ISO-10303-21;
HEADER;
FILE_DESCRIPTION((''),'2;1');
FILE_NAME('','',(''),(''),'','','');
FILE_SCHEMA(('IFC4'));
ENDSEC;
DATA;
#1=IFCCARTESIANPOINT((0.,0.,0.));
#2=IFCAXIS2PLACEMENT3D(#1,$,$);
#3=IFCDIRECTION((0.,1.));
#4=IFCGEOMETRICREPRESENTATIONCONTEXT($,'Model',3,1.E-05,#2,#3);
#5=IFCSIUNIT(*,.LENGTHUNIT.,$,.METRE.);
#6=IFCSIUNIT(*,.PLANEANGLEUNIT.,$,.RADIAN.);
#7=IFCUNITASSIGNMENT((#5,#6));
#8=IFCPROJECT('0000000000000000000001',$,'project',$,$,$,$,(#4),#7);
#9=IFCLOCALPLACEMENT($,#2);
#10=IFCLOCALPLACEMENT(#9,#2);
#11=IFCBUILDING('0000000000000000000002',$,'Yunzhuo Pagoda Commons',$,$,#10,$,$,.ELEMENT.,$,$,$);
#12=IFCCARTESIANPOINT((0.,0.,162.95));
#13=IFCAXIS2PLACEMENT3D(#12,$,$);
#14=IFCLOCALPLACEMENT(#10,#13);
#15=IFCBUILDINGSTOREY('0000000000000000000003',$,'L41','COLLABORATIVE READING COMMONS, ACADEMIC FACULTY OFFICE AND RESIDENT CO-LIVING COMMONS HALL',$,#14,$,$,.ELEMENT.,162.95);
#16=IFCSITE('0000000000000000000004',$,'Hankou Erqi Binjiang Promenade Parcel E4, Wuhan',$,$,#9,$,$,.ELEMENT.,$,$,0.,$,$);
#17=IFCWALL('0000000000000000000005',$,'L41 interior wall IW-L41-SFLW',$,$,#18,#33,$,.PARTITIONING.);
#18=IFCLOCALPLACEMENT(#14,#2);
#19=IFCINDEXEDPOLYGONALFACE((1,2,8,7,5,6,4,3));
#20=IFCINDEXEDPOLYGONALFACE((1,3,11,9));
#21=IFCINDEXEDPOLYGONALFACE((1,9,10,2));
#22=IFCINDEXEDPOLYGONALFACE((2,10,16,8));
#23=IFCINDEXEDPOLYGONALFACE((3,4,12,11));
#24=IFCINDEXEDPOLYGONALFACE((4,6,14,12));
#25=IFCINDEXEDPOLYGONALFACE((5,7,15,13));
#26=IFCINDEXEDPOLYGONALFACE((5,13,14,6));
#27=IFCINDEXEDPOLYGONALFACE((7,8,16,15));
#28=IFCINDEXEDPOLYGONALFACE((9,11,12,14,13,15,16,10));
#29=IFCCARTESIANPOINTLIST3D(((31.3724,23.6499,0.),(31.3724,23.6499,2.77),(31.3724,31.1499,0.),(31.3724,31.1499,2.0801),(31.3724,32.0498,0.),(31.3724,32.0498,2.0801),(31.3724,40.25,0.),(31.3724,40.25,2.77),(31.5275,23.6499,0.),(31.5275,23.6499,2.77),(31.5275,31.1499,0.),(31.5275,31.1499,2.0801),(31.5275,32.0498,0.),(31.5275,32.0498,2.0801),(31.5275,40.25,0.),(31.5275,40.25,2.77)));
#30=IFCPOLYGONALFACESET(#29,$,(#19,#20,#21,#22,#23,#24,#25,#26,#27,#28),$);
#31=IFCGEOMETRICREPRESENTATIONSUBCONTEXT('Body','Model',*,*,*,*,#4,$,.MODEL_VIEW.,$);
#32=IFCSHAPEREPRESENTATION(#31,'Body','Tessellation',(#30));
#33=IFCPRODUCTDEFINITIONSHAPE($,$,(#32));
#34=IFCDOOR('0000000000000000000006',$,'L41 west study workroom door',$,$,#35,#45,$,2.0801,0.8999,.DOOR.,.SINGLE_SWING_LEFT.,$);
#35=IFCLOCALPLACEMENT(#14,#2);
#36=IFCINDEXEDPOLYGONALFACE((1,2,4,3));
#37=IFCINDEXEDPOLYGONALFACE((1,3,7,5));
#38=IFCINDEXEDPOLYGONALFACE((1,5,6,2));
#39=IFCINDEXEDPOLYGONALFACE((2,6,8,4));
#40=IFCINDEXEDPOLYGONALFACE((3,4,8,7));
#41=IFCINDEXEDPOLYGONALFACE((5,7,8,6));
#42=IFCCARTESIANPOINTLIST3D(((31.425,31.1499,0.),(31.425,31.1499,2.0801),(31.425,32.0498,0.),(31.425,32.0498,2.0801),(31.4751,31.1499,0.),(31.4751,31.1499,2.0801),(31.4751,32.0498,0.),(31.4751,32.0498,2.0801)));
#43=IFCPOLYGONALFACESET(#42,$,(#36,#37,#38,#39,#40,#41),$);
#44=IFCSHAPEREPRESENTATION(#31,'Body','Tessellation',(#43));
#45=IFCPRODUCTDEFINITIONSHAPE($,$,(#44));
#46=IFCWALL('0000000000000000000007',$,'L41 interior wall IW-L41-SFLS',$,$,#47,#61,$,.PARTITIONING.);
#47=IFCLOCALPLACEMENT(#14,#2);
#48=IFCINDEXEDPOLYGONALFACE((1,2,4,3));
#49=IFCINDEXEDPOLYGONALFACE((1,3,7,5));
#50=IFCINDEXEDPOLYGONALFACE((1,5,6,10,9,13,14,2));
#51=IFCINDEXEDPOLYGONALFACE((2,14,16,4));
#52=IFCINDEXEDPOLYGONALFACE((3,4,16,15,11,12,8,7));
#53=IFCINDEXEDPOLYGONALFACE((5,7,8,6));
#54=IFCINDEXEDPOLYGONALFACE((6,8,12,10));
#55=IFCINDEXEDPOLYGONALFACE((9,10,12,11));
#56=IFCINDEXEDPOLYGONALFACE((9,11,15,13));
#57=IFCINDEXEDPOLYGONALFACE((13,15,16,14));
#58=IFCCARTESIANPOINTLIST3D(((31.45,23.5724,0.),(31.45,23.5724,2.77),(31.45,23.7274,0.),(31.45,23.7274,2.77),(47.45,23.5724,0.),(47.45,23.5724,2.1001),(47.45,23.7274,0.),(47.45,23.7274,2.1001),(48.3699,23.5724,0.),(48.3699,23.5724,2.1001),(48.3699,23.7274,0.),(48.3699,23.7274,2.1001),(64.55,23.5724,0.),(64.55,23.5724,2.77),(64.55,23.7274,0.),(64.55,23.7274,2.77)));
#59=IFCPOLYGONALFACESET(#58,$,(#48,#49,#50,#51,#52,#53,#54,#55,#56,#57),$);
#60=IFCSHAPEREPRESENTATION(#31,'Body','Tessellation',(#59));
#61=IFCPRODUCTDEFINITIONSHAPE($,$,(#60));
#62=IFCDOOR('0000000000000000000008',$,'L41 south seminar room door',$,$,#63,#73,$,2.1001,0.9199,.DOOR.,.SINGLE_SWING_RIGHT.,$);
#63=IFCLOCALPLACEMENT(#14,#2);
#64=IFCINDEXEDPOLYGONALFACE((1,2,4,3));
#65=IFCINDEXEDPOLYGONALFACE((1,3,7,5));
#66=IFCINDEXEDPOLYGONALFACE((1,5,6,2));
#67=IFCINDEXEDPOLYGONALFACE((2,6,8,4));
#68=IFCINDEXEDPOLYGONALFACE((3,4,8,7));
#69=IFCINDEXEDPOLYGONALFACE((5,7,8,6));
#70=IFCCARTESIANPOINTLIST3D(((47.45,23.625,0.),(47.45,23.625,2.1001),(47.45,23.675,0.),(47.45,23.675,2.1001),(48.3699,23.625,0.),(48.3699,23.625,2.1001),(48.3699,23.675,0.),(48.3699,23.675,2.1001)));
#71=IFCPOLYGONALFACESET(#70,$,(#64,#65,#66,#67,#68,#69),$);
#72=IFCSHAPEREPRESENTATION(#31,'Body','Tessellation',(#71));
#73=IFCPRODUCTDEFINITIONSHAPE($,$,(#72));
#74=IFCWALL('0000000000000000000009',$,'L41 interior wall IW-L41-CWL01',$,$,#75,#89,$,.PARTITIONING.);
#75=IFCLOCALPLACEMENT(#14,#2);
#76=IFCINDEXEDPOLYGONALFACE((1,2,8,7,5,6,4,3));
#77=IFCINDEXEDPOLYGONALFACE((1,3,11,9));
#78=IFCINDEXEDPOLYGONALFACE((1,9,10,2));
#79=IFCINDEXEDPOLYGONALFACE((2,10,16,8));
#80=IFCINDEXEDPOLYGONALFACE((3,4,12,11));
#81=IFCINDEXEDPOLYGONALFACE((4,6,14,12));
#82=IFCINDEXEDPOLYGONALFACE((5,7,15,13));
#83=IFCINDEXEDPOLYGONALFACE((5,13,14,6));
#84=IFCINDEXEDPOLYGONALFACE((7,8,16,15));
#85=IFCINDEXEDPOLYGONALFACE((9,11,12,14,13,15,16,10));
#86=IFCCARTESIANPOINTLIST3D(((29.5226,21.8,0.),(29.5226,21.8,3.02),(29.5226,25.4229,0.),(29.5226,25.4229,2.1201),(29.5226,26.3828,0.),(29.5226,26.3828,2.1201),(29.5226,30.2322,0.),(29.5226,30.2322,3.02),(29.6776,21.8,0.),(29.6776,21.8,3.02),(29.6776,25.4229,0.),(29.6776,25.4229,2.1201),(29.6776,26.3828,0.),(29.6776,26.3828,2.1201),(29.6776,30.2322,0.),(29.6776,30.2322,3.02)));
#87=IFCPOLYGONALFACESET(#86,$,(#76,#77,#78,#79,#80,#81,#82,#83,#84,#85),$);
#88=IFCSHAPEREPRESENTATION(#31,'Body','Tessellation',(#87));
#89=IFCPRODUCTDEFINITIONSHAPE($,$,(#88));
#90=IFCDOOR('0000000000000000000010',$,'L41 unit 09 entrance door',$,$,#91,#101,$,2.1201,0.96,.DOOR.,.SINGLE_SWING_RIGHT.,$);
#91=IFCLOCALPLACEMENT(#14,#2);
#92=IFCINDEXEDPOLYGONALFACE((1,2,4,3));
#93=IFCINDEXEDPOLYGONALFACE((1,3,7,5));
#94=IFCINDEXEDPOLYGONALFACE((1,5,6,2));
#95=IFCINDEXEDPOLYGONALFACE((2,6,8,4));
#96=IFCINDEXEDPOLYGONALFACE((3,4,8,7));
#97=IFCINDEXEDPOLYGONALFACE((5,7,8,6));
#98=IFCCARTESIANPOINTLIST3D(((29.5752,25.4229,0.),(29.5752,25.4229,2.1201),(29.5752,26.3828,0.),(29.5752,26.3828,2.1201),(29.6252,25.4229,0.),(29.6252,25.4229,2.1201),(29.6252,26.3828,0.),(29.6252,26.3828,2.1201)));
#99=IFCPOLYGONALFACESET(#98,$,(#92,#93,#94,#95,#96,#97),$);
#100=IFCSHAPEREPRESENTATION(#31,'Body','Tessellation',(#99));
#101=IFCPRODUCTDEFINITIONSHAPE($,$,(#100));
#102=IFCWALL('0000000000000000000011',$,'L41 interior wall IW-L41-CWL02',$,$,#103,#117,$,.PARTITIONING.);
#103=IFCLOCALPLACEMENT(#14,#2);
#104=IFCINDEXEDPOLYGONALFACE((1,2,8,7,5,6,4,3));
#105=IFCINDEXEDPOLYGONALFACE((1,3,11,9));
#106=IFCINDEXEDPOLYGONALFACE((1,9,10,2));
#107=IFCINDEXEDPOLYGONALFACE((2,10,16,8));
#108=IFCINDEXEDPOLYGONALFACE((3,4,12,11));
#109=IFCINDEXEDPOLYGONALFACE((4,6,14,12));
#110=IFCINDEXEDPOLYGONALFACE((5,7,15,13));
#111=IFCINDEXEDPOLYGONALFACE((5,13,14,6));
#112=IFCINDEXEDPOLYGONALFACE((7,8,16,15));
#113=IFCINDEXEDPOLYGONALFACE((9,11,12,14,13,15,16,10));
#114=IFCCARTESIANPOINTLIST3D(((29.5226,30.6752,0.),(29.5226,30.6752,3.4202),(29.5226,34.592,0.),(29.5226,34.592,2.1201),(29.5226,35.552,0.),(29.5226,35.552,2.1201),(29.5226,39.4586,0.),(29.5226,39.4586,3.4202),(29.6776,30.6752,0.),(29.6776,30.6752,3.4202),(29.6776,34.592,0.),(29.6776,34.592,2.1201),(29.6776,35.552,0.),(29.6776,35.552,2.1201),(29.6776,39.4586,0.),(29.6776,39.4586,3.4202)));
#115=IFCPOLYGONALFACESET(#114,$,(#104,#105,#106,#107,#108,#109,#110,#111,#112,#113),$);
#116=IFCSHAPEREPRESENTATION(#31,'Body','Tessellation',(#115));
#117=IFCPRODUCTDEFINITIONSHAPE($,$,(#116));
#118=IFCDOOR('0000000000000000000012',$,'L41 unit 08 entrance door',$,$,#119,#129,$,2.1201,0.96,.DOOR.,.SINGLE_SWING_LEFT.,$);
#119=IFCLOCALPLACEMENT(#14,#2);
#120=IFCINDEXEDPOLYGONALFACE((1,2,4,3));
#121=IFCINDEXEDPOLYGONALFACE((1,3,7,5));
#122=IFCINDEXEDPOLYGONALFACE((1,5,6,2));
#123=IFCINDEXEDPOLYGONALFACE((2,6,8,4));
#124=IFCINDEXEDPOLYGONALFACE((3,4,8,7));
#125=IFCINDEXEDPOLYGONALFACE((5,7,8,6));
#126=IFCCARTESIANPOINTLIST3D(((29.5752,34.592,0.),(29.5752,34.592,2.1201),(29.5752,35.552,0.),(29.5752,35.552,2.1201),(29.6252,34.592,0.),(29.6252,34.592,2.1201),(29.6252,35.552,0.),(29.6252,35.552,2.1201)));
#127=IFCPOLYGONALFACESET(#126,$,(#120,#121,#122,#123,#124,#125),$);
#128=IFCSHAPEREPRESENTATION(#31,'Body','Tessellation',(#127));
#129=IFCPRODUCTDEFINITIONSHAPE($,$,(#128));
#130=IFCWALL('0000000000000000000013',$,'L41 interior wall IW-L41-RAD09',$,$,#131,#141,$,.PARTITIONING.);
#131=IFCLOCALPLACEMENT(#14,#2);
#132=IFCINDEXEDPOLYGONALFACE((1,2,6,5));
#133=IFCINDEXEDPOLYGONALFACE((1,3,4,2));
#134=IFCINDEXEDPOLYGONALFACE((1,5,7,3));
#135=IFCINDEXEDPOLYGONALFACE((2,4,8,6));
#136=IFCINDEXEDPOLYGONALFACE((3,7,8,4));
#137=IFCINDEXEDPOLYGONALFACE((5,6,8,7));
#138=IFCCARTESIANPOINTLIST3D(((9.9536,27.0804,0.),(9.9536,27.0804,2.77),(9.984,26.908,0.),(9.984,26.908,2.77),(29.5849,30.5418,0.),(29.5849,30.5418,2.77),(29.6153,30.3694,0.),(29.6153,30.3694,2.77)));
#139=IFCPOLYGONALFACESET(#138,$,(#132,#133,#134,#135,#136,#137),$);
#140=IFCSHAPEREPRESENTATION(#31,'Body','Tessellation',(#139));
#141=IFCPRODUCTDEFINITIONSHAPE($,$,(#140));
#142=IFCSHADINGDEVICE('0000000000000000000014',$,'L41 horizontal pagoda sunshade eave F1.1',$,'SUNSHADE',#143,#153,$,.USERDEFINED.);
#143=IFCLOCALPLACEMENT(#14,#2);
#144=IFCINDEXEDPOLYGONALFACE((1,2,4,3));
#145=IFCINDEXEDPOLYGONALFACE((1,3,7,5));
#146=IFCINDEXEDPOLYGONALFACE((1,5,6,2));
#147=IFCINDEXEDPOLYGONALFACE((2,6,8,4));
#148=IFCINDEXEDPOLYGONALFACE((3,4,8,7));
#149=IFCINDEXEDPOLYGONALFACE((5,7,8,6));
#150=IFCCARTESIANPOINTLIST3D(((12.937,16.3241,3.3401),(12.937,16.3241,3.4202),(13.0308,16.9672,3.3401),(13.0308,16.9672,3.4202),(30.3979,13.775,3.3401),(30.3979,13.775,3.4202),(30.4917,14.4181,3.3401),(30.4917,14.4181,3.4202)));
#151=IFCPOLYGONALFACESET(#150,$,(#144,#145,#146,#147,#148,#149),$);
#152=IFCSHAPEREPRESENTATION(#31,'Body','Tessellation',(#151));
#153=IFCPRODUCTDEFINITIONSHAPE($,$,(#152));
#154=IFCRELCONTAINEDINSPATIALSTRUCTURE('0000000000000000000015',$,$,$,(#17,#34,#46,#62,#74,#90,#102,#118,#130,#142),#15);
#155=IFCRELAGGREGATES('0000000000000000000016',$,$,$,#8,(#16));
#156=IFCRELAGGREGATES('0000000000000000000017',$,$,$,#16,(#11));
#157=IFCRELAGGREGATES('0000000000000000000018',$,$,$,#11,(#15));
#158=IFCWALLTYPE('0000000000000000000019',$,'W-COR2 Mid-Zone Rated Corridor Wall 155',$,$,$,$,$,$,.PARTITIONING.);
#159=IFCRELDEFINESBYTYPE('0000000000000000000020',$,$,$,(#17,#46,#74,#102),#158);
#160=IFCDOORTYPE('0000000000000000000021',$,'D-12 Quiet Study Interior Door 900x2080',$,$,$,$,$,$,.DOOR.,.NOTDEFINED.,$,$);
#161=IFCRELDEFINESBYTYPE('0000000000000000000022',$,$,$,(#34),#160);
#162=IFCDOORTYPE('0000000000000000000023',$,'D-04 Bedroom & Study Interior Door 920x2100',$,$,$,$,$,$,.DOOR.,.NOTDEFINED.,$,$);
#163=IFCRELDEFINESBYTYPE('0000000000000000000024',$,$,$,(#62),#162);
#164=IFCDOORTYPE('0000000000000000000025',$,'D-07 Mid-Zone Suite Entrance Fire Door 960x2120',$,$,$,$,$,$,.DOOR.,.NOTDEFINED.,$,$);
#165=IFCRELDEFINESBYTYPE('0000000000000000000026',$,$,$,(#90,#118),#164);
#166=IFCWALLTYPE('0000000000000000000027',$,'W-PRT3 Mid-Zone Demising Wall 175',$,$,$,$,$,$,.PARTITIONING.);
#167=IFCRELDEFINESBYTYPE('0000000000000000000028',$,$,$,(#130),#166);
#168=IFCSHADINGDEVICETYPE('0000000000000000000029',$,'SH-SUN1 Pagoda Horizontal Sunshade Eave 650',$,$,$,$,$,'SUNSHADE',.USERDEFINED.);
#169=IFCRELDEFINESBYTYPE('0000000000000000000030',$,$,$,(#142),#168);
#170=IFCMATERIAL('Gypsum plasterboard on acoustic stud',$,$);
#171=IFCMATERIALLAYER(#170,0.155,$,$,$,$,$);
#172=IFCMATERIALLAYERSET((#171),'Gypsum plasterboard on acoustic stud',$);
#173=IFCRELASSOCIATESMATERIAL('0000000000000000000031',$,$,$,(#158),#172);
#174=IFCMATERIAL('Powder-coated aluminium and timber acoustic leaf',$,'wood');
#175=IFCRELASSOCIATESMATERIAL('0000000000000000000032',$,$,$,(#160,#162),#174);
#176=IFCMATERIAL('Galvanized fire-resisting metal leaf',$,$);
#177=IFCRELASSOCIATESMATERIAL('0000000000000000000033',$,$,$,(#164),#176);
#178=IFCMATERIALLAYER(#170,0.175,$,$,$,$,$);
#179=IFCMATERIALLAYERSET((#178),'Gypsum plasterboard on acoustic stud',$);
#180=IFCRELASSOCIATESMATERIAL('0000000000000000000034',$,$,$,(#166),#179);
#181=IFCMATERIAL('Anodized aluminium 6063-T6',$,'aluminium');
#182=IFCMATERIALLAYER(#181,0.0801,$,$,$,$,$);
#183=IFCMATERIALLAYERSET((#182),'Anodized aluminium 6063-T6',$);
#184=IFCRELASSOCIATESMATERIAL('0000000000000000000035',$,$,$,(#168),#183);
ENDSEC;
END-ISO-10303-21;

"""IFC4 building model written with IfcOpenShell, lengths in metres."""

from ifc_helpers import new_model, si_unit, direction, frame, frame_2d, origin, origin_with_axes, origin_2d, place, context, subcontext, project, spatial, rectangle, extrude, source, transform, mapped, material, layer, layer_set, type_object, element, fill, save


model = new_model("IFC4")

# Units and contexts
model_context = context("Model", 3, precision=1e-05, world=origin(), true_north=direction((0.0, 1.0)))
body_context = subcontext(model_context, "Body", "Model", "MODEL_VIEW")
ifc_project = project(units=[si_unit("LENGTHUNIT", "METRE"), si_unit("PLANEANGLEUNIT", "RADIAN")], contexts=[model_context])

# Site, building, storey
site_placement = place(None, origin())
site = spatial("IfcSite", under=ifc_project, at=site_placement, Name="Hankou Erqi Binjiang Promenade Parcel E4, Wuhan", CompositionType="ELEMENT", RefElevation=0.0)
building_placement = place(site_placement, origin())
building = spatial("IfcBuilding", under=site, at=building_placement, Name="Yunzhuo Pagoda Commons", CompositionType="ELEMENT")
storey_placement = place(building_placement, frame((0.0, 0.0, 162.95)))
storey = spatial("IfcBuildingStorey", under=building, at=storey_placement, Name="L41", Description="COLLABORATIVE READING COMMONS, ACADEMIC FACULTY OFFICE AND RESIDENT CO-LIVING COMMONS HALL", CompositionType="ELEMENT", Elevation=162.95)

# Shared definitions
ifc_material_1 = material(Name="Anodized aluminium 6063-T6", Category="aluminium")

# Walls, openings, doors
ifc_material_2 = material(Name="Gypsum plasterboard on acoustic stud")
ifc_layer_1 = layer(ifc_material_2, 0.155)
ifc_layer_set_1 = layer_set([ifc_layer_1], Name="Gypsum plasterboard on acoustic stud")
wall_type_1 = type_object("IfcWallType", Name="W-COR2 Mid-Zone Rated Corridor Wall 155", PredefinedType="PARTITIONING", material=ifc_layer_set_1)
wall_1_placement = place(storey_placement, frame((31.45, 23.6499, 0.0), z_axis=(0.0, 0.0, 1.0), x_axis=(0.0, 1.0, 0.0)))
wall_1 = element("IfcWall", 1, at=wall_1_placement, inside=storey, type_object=wall_type_1, Name="L41 interior wall IW-L41-SFLW", PredefinedType="PARTITIONING", context=body_context, shape_type="SweptSolid", body=[
    extrude(rectangle(XDim=16.6001, YDim=0.155, at=frame_2d((8.3, 0.0))), origin(), (0.0, 0.0, 1.0), 2.77),
])
opening_1_placement = place(wall_1_placement, frame((7.5, 0.0, 0.0)))
opening_1 = element("IfcOpeningElement", 2, at=opening_1_placement, cuts=wall_1, PredefinedType="OPENING", context=body_context, shape_type="SweptSolid", body=[
    extrude(rectangle(XDim=0.8999, YDim=2.0801, at=frame_2d((0.45, 1.04))), frame((0.0, 0.0874, 0.0), z_axis=(0.0, -1.0, 0.0), x_axis=(1.0, 0.0, 0.0)), (0.0, 0.0, 1.0), 0.175),
])
ifc_material_3 = material(Name="Powder-coated aluminium and timber acoustic leaf", Category="wood")
door_type_1 = type_object("IfcDoorType", Name="D-12 Quiet Study Interior Door 900x2080", OperationType="NOTDEFINED", PredefinedType="DOOR", material=ifc_material_3)
shared_shape_1 = source(origin(), body_context, "Body", "SweptSolid", [
    extrude(rectangle(XDim=0.8999, YDim=2.0801, at=frame_2d((0.45, 1.04))), frame((0.0, 0.0249, 0.0), z_axis=(0.0, -1.0, 0.0), x_axis=(1.0, 0.0, 0.0)), (0.0, 0.0, 1.0), 0.05),
])
door_1_placement = place(opening_1_placement, origin_with_axes())
door_1 = element("IfcDoor", 3, at=door_1_placement, inside=storey, type_object=door_type_1, Name="L41 west study workroom door", OperationType="SINGLE_SWING_LEFT", OverallHeight=2.0801, OverallWidth=0.8999, PredefinedType="DOOR", context=body_context, shape_type="MappedRepresentation", body=[
    mapped(shared_shape_1, transform((0.0, 0.0, 0.0), scale=1.0)),
])
fill(opening_1, door_1)
wall_2_placement = place(storey_placement, frame((31.45, 23.6499, 0.0), z_axis=(0.0, 0.0, 1.0), x_axis=(1.0, 0.0, 0.0)))
wall_2 = element("IfcWall", 4, at=wall_2_placement, inside=storey, type_object=wall_type_1, Name="L41 interior wall IW-L41-SFLS", PredefinedType="PARTITIONING", context=body_context, shape_type="SweptSolid", body=[
    extrude(rectangle(XDim=33.1001, YDim=0.155, at=frame_2d((16.55, 0.0))), origin(), (0.0, 0.0, 1.0), 2.77),
])
opening_2_placement = place(wall_2_placement, frame((16.0, 0.0, 0.0)))
opening_2 = element("IfcOpeningElement", 5, at=opening_2_placement, cuts=wall_2, PredefinedType="OPENING", context=body_context, shape_type="SweptSolid", body=[
    extrude(rectangle(XDim=0.9199, YDim=2.1001, at=frame_2d((0.46, 1.05))), frame((0.0, 0.0874, 0.0), z_axis=(0.0, -1.0, 0.0), x_axis=(1.0, 0.0, 0.0)), (0.0, 0.0, 1.0), 0.175),
])
door_type_2 = type_object("IfcDoorType", Name="D-04 Bedroom & Study Interior Door 920x2100", OperationType="NOTDEFINED", PredefinedType="DOOR", material=ifc_material_3)
shared_shape_2 = source(origin(), body_context, "Body", "SweptSolid", [
    extrude(rectangle(XDim=0.9199, YDim=2.1001, at=frame_2d((0.46, 1.05))), frame((0.0, 0.0249, 0.0), z_axis=(0.0, -1.0, 0.0), x_axis=(1.0, 0.0, 0.0)), (0.0, 0.0, 1.0), 0.05),
])
door_2_placement = place(opening_2_placement, frame((0.9199, 0.0, 0.0), z_axis=(0.0, 0.0, 1.0), x_axis=(-1.0, 0.0, 0.0)))
door_2 = element("IfcDoor", 6, at=door_2_placement, inside=storey, type_object=door_type_2, Name="L41 south seminar room door", OperationType="SINGLE_SWING_RIGHT", OverallHeight=2.1001, OverallWidth=0.9199, PredefinedType="DOOR", context=body_context, shape_type="MappedRepresentation", body=[
    mapped(shared_shape_2, transform((0.0, 0.0, 0.0), scale=1.0)),
])
fill(opening_2, door_2)
wall_3_placement = place(storey_placement, frame((29.6001, 21.8, 0.0), z_axis=(0.0, 0.0, 1.0), x_axis=(0.0, 1.0, 0.0)))
wall_3 = element("IfcWall", 7, at=wall_3_placement, inside=storey, type_object=wall_type_1, Name="L41 interior wall IW-L41-CWL01", PredefinedType="PARTITIONING", context=body_context, shape_type="SweptSolid", body=[
    extrude(rectangle(XDim=8.4321, YDim=0.155, at=frame_2d((4.2161, 0.0))), origin(), (0.0, 0.0, 1.0), 3.02),
])
opening_3_placement = place(wall_3_placement, frame((3.6228, 0.0, 0.0)))
opening_3 = element("IfcOpeningElement", 8, at=opening_3_placement, cuts=wall_3, PredefinedType="OPENING", context=body_context, shape_type="SweptSolid", body=[
    extrude(rectangle(XDim=0.96, YDim=2.1201, at=frame_2d((0.48, 1.0601))), frame((0.0, 0.0874, 0.0), z_axis=(0.0, -1.0, 0.0), x_axis=(1.0, 0.0, 0.0)), (0.0, 0.0, 1.0), 0.175),
])
ifc_material_4 = material(Name="Galvanized fire-resisting metal leaf")
door_type_3 = type_object("IfcDoorType", Name="D-07 Mid-Zone Suite Entrance Fire Door 960x2120", OperationType="NOTDEFINED", PredefinedType="DOOR", material=ifc_material_4)
shared_shape_3 = source(origin(), body_context, "Body", "SweptSolid", [
    extrude(rectangle(XDim=0.96, YDim=2.1201, at=frame_2d((0.48, 1.0601))), frame((0.0, 0.0249, 0.0), z_axis=(0.0, -1.0, 0.0), x_axis=(1.0, 0.0, 0.0)), (0.0, 0.0, 1.0), 0.05),
])
door_3_placement = place(opening_3_placement, origin_with_axes())
door_3 = element("IfcDoor", 9, at=door_3_placement, inside=storey, type_object=door_type_3, Name="L41 unit 09 entrance door", OperationType="SINGLE_SWING_RIGHT", OverallHeight=2.1201, OverallWidth=0.96, PredefinedType="DOOR", context=body_context, shape_type="MappedRepresentation", body=[
    mapped(shared_shape_3, transform((0.0, 0.0, 0.0), scale=1.0)),
])
fill(opening_3, door_3)
wall_4_placement = place(storey_placement, frame((29.6001, 30.6753, 0.0), z_axis=(0.0, 0.0, 1.0), x_axis=(0.0, 1.0, 0.0)))
wall_4 = element("IfcWall", 10, at=wall_4_placement, inside=storey, type_object=wall_type_1, Name="L41 interior wall IW-L41-CWL02", PredefinedType="PARTITIONING", context=body_context, shape_type="SweptSolid", body=[
    extrude(rectangle(XDim=8.7834, YDim=0.155, at=frame_2d((4.3916, 0.0))), origin(), (0.0, 0.0, 1.0), 3.4202),
])
opening_4_placement = place(wall_4_placement, frame((3.9167, 0.0, 0.0)))
opening_4 = element("IfcOpeningElement", 11, at=opening_4_placement, cuts=wall_4, PredefinedType="OPENING", context=body_context, shape_type="SweptSolid", body=[
    extrude(rectangle(XDim=0.96, YDim=2.1201, at=frame_2d((0.48, 1.0601))), frame((0.0, 0.0874, 0.0), z_axis=(0.0, -1.0, 0.0), x_axis=(1.0, 0.0, 0.0)), (0.0, 0.0, 1.0), 0.175),
])
door_4_placement = place(opening_4_placement, origin_with_axes())
door_4 = element("IfcDoor", 12, at=door_4_placement, inside=storey, type_object=door_type_3, Name="L41 unit 08 entrance door", OperationType="SINGLE_SWING_LEFT", OverallHeight=2.1201, OverallWidth=0.96, PredefinedType="DOOR", context=body_context, shape_type="MappedRepresentation", body=[
    mapped(shared_shape_3, transform((0.0, 0.0, 0.0), scale=1.0)),
])
fill(opening_4, door_4)

# Wall
ifc_layer_2 = layer(ifc_material_2, 0.175)
ifc_layer_set_2 = layer_set([ifc_layer_2], Name="Gypsum plasterboard on acoustic stud")
wall_type_2 = type_object("IfcWallType", Name="W-PRT3 Mid-Zone Demising Wall 175", PredefinedType="PARTITIONING", material=ifc_layer_set_2)
wall_5_placement = place(storey_placement, frame((29.6001, 30.4556, 0.0), z_axis=(0.0, 0.0, 1.0), x_axis=(-0.984809, -0.173643, 0.0)))
element("IfcWall", 13, at=wall_5_placement, inside=storey, type_object=wall_type_2, Name="L41 interior wall IW-L41-RAD09", PredefinedType="PARTITIONING", context=body_context, shape_type="SweptSolid", body=[
    extrude(rectangle(XDim=19.9341, YDim=0.175, at=frame_2d((9.967, 0.0))), origin(), (0.0, 0.0, 1.0), 2.77),
])

# Shading device
ifc_layer_3 = layer(ifc_material_1, 0.0801)
ifc_layer_set_3 = layer_set([ifc_layer_3], Name="Anodized aluminium 6063-T6")
shading_device_type = type_object("IfcShadingDeviceType", Name="SH-SUN1 Pagoda Horizontal Sunshade Eave 650", ElementType="SUNSHADE", PredefinedType="USERDEFINED", material=ifc_layer_set_3)
shared_shape_4 = source(origin(), body_context, "Body", "SweptSolid", [
    extrude(rectangle(XDim=17.646, YDim=0.6499, at=origin_2d()), origin(), (0.0, 0.0, 1.0), 0.0801),
])
shading_device_placement = place(storey_placement, frame((21.7144, 15.3711, 3.3401), z_axis=(0.0, 0.0, 1.0), x_axis=(0.989511, -0.14446, 0.0)))
element("IfcShadingDevice", 14, at=shading_device_placement, inside=storey, type_object=shading_device_type, Name="L41 horizontal pagoda sunshade eave F1.1", ObjectType="SUNSHADE", PredefinedType="USERDEFINED", context=body_context, shape_type="MappedRepresentation", body=[
    mapped(shared_shape_4, transform((0.0, 0.0, 0.0), scale=1.0)),
])

save(model, "model.ifc")
